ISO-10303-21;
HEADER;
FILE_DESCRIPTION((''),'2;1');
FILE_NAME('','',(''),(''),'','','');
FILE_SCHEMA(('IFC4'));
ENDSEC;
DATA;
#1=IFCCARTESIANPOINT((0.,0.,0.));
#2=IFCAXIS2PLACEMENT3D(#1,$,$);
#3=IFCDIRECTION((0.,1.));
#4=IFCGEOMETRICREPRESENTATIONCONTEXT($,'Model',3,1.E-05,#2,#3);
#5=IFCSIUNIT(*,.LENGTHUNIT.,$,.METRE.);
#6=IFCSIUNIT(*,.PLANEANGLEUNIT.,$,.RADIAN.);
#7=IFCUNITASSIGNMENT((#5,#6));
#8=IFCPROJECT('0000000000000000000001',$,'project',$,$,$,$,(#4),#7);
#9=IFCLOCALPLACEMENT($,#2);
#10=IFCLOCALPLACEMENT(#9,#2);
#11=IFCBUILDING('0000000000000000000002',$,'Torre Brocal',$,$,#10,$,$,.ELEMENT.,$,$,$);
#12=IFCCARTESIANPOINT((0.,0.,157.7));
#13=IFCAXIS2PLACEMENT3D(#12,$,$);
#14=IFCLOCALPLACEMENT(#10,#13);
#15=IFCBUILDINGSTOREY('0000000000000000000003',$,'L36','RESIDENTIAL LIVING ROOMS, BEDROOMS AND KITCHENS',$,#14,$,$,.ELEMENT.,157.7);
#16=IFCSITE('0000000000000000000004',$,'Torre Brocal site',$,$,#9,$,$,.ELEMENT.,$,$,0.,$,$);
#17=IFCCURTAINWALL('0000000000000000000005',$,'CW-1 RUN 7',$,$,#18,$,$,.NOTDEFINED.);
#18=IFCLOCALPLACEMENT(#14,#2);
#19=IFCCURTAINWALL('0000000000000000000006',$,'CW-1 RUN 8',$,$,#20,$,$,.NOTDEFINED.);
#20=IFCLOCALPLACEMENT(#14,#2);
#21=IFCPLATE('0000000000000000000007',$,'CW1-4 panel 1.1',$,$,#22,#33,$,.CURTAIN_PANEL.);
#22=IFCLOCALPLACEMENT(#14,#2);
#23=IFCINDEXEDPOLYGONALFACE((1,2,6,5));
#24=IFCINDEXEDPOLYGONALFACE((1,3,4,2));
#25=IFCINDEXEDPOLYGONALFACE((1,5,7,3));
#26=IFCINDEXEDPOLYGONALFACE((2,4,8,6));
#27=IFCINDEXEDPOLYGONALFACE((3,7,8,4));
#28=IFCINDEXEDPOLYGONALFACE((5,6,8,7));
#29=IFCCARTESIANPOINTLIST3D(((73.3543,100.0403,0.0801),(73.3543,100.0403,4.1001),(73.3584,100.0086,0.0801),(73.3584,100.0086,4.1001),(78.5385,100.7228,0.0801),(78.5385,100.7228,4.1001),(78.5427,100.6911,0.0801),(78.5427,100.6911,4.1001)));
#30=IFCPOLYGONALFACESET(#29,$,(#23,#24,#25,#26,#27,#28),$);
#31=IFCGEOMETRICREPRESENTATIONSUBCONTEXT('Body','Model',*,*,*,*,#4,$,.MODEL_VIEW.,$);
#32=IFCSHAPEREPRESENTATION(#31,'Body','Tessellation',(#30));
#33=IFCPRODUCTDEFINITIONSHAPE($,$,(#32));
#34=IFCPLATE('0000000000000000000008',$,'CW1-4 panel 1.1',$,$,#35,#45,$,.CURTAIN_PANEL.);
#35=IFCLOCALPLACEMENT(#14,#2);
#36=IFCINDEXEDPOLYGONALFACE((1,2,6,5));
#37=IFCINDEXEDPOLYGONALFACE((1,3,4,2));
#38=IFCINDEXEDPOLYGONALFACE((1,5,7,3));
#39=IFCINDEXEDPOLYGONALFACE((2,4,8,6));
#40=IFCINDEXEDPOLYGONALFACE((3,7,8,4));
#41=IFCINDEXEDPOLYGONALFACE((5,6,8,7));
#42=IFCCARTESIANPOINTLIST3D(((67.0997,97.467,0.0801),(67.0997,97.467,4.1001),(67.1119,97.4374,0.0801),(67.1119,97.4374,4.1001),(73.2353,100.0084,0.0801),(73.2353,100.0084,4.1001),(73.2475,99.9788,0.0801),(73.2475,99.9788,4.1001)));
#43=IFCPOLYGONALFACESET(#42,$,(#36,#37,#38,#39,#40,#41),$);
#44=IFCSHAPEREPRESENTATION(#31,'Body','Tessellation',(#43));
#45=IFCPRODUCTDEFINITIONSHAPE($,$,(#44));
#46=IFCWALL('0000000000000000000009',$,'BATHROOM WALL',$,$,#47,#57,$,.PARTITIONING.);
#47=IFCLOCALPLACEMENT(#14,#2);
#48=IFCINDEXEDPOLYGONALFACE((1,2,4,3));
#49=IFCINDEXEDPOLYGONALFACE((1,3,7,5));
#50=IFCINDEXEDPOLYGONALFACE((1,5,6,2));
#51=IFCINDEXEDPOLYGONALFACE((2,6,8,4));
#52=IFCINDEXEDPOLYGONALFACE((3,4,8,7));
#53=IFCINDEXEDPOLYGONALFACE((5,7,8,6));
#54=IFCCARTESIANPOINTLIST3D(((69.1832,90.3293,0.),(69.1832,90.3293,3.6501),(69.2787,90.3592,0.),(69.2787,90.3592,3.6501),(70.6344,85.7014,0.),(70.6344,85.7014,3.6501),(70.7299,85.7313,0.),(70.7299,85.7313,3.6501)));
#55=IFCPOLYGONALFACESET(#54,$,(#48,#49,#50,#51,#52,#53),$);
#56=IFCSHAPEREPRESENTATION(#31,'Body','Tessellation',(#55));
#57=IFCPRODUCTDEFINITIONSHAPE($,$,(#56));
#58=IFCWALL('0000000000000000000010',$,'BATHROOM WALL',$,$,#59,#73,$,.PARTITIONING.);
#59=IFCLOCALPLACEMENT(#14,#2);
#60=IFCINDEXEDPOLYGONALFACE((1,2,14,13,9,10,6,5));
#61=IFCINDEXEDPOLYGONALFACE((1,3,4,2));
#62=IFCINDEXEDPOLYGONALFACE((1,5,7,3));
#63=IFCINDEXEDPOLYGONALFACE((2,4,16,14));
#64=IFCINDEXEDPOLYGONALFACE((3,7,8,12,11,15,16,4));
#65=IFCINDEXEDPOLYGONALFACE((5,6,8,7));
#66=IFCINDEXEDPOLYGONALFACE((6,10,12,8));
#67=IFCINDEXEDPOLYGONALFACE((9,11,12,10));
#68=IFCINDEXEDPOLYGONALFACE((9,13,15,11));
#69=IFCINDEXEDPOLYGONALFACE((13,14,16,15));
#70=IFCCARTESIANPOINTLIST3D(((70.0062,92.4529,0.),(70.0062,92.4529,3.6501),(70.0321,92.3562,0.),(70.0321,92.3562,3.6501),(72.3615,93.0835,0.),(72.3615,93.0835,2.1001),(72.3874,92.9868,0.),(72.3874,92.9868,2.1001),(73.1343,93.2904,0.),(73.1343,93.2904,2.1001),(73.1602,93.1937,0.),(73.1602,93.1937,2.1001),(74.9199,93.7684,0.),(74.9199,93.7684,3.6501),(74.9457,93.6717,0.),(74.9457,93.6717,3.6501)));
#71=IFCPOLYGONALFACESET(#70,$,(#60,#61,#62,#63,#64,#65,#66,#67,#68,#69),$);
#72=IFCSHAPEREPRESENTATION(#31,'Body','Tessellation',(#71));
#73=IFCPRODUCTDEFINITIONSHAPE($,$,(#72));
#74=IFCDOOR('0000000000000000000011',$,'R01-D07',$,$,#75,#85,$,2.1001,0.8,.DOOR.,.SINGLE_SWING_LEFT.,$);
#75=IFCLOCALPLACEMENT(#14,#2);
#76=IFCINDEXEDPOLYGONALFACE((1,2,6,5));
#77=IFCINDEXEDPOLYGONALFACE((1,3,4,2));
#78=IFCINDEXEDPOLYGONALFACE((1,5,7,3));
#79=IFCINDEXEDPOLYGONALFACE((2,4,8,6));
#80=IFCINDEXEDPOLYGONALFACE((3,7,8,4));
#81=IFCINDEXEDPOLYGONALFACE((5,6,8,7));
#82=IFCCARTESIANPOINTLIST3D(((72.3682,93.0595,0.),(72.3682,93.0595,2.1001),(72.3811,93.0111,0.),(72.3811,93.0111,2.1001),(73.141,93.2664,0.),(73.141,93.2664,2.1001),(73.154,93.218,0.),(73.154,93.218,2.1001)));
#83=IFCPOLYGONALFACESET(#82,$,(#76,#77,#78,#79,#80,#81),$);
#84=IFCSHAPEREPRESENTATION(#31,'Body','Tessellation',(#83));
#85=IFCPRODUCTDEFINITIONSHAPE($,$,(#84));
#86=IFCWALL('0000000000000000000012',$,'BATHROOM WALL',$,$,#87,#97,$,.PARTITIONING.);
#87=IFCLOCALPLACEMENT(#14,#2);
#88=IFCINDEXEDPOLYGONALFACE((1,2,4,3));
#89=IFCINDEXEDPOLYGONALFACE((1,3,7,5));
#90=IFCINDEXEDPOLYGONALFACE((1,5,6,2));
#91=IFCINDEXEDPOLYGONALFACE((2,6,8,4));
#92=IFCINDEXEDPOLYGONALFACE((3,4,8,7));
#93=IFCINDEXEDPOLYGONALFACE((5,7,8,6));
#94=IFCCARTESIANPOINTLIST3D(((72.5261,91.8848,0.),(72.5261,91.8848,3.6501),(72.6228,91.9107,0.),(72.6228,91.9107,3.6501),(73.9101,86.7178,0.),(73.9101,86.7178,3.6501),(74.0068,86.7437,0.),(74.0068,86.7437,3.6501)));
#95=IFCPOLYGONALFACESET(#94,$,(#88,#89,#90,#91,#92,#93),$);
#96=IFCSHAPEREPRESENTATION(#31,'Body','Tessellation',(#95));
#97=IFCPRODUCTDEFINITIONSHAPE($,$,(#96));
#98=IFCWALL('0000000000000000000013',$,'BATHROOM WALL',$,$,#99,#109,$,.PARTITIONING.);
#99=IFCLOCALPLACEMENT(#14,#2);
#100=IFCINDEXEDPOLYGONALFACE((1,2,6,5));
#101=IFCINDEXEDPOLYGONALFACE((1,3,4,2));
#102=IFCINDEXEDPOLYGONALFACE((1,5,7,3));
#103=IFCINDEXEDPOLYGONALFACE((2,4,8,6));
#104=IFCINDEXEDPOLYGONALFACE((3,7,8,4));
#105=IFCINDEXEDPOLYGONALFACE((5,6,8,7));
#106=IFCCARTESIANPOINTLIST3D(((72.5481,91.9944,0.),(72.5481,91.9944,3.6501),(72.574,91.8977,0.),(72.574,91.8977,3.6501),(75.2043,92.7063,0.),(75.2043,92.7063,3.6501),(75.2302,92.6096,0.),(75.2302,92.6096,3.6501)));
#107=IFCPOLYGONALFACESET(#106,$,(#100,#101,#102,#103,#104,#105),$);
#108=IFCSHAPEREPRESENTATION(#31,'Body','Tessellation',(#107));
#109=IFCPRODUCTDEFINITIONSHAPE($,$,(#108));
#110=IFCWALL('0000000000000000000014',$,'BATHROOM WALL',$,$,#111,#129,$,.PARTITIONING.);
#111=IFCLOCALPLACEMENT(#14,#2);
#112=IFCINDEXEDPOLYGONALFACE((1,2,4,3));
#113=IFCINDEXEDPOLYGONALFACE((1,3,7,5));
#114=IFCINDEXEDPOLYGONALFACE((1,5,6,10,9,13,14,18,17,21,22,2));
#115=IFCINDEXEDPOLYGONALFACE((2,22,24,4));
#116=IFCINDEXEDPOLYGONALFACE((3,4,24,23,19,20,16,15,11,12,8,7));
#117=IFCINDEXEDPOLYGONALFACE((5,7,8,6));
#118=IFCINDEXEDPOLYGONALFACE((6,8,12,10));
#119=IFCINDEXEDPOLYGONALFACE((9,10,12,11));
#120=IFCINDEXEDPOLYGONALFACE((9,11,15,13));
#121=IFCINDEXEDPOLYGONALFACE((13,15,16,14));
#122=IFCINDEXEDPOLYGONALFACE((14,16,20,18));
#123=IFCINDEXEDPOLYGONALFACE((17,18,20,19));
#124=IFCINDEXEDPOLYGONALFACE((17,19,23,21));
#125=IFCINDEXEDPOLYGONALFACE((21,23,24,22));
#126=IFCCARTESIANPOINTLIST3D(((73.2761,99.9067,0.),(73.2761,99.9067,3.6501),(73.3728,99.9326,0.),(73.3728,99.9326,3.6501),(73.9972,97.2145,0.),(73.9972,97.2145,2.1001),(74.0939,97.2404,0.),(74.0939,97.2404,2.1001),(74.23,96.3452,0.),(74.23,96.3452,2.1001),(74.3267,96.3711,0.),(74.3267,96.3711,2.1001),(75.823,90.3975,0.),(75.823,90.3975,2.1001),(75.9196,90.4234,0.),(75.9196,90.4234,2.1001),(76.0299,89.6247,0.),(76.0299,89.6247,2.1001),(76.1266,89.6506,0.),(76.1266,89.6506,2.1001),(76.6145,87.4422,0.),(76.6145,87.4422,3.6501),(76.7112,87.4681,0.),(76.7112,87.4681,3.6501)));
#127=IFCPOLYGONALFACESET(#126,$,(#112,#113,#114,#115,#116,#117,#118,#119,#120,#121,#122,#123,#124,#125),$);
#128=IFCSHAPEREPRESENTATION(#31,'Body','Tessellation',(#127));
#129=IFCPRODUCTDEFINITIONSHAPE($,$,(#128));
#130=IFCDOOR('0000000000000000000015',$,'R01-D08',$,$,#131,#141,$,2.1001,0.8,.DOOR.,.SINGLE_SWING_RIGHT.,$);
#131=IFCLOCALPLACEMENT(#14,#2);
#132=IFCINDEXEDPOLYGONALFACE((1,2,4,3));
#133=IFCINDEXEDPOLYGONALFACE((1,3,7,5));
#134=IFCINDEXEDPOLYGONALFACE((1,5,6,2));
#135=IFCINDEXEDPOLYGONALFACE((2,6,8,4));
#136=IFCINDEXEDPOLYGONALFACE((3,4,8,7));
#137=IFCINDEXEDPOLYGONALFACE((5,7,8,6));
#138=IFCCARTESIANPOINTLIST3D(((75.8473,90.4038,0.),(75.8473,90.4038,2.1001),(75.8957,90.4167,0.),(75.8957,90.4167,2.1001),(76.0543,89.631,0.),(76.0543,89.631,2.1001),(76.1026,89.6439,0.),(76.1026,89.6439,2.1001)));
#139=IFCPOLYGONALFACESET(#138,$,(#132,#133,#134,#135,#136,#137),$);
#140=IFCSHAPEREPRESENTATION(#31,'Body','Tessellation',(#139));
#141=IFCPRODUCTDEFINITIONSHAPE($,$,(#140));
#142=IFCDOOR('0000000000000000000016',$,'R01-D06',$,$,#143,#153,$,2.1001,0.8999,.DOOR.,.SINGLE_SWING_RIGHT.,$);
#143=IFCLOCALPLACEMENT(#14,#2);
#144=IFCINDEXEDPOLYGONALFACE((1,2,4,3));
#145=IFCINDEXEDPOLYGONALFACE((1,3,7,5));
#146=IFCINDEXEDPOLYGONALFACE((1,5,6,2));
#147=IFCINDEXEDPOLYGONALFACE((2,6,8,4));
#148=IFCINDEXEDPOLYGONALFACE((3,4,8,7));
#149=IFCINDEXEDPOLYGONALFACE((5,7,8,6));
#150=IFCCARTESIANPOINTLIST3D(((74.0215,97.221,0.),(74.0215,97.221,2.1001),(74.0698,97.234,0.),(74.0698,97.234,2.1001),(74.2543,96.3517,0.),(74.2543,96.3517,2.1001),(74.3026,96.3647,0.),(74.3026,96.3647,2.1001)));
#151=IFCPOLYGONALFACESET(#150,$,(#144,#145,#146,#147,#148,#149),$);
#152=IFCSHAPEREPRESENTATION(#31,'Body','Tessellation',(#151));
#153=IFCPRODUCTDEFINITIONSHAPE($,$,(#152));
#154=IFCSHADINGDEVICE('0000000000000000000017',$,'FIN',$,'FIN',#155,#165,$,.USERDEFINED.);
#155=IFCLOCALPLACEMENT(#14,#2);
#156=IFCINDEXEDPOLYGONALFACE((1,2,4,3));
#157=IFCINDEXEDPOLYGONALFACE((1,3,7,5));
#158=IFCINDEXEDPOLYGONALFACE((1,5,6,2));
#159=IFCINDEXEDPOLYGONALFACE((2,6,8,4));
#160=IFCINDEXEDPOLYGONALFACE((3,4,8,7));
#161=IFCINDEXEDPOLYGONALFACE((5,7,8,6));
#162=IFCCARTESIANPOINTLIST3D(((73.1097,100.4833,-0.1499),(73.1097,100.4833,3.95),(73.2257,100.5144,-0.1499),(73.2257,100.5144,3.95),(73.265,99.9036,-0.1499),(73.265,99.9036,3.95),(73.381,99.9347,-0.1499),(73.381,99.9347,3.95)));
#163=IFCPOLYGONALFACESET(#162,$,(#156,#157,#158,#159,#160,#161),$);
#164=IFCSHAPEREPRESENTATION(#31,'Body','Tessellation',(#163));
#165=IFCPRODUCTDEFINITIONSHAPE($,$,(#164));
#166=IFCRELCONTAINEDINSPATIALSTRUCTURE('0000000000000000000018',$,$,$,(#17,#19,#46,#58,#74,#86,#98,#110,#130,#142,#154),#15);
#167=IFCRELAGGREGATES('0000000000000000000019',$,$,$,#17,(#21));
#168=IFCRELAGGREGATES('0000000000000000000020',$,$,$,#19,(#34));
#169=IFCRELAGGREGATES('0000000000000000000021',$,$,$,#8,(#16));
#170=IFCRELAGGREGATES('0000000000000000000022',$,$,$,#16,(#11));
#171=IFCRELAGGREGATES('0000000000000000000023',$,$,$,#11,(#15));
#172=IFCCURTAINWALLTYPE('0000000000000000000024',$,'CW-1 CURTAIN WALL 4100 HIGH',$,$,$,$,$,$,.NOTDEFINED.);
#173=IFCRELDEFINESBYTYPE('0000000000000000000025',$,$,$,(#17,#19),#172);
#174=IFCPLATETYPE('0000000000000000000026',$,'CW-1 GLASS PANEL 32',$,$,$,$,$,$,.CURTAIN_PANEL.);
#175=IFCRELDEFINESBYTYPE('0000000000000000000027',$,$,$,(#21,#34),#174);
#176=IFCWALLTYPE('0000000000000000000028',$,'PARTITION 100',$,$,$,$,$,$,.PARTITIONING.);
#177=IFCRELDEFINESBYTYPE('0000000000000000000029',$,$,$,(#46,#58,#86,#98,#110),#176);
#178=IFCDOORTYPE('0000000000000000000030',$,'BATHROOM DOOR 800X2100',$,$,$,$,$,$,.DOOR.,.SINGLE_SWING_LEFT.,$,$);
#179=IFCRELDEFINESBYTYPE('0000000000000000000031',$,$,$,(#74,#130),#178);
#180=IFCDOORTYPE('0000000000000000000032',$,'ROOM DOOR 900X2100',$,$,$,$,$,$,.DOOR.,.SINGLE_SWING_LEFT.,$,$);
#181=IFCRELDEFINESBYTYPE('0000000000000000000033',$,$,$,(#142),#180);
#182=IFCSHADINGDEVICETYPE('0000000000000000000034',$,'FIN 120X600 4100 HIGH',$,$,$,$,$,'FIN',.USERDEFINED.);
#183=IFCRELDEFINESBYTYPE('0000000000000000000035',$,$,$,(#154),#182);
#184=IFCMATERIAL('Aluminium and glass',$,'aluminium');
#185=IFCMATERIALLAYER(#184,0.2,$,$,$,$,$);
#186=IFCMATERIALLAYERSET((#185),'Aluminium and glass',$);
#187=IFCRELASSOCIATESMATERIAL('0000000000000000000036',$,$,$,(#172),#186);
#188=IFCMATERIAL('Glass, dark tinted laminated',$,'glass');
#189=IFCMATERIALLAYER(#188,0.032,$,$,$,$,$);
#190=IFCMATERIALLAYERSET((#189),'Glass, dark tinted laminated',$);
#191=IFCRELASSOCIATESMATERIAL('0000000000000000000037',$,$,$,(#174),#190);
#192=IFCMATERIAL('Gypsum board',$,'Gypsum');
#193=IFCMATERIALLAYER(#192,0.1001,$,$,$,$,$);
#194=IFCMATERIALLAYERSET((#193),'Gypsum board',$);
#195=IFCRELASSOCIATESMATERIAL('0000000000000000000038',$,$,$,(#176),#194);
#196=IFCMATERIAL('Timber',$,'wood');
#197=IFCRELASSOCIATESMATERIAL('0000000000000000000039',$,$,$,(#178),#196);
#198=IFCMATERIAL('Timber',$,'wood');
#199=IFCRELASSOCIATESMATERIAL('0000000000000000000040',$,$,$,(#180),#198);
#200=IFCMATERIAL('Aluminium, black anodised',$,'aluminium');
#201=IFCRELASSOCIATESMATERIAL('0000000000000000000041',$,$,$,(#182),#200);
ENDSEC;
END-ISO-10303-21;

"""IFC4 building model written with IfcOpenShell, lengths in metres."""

from ifc_helpers import new_model, si_unit, direction, frame, frame_2d, origin, origin_2d, place, context, subcontext, project, spatial, rectangle, extrude, material, layer, layer_set, material_profile, profile_set, type_object, element, fill, aggregate, save


model = new_model("IFC4")

# Units and contexts
model_context = context("Model", 3, precision=1e-05, world=origin(), true_north=direction((0.0, 1.0)))
body_context = subcontext(model_context, "Body", "Model", "MODEL_VIEW")
ifc_project = project(units=[si_unit("LENGTHUNIT", "METRE"), si_unit("PLANEANGLEUNIT", "RADIAN")], contexts=[model_context])

# Site, building, storey
site_placement = place(None, origin())
site = spatial("IfcSite", under=ifc_project, at=site_placement, Name="Torre Brocal site", CompositionType="ELEMENT", RefElevation=0.0)
building_placement = place(site_placement, origin())
building = spatial("IfcBuilding", under=site, at=building_placement, Name="Torre Brocal", CompositionType="ELEMENT")
storey_placement = place(building_placement, frame((0.0, 0.0, 157.7)))
storey = spatial("IfcBuildingStorey", under=building, at=storey_placement, Name="L36", Description="RESIDENTIAL LIVING ROOMS, BEDROOMS AND KITCHENS", CompositionType="ELEMENT", Elevation=157.7)

# Curtain wall
ifc_material_1 = material(Name="Aluminium and glass", Category="aluminium")
ifc_layer_1 = layer(ifc_material_1, 0.2)
ifc_layer_set_1 = layer_set([ifc_layer_1], Name="Aluminium and glass")
curtain_wall_type = type_object("IfcCurtainWallType", Name="CW-1 CURTAIN WALL 4100 HIGH", PredefinedType="NOTDEFINED", material=ifc_layer_set_1)
curtain_wall_1_placement = place(storey_placement, origin())
curtain_wall_1 = element("IfcCurtainWall", 1, at=curtain_wall_1_placement, inside=storey, type_object=curtain_wall_type, Name="CW-1 RUN 7", PredefinedType="NOTDEFINED")

# Curtain wall
curtain_wall_2_placement = place(storey_placement, origin())
curtain_wall_2 = element("IfcCurtainWall", 2, at=curtain_wall_2_placement, inside=storey, type_object=curtain_wall_type, Name="CW-1 RUN 8", PredefinedType="NOTDEFINED")

# Plates
ifc_material_2 = material(Name="Glass, dark tinted laminated", Category="glass")
ifc_layer_2 = layer(ifc_material_2, 0.032)
ifc_layer_set_2 = layer_set([ifc_layer_2], Name="Glass, dark tinted laminated")
plate_type = type_object("IfcPlateType", Name="CW-1 GLASS PANEL 32", PredefinedType="CURTAIN_PANEL", material=ifc_layer_set_2)
plate_1_placement = place(storey_placement, frame((75.9485, 100.3657, 0.0801), z_axis=(0.0, 0.0, 1.0), x_axis=(-0.991445, -0.130526, 0.0)))
plate_1 = element("IfcPlate", 3, at=plate_1_placement, type_object=plate_type, Name="CW1-4 panel 1.1", PredefinedType="CURTAIN_PANEL", context=body_context, shape_type="SweptSolid", body=[
    extrude(rectangle(XDim=5.229, YDim=0.032, at=origin_2d()), origin(), (0.0, 0.0, 1.0), 4.02),
])
aggregate(curtain_wall_1, [plate_1])
plate_2_placement = place(storey_placement, frame((70.1736, 98.7229, 0.0801), z_axis=(0.0, 0.0, 1.0), x_axis=(-0.92388, -0.382683, 0.0)))
plate_2 = element("IfcPlate", 4, at=plate_2_placement, type_object=plate_type, Name="CW1-4 panel 1.1", PredefinedType="CURTAIN_PANEL", context=body_context, shape_type="SweptSolid", body=[
    extrude(rectangle(XDim=6.6411, YDim=0.032, at=origin_2d()), origin(), (0.0, 0.0, 1.0), 4.02),
])
aggregate(curtain_wall_2, [plate_2])

# Wall
ifc_material_3 = material(Name="Gypsum board", Category="Gypsum")
ifc_layer_3 = layer(ifc_material_3, 0.1001)
ifc_layer_set_3 = layer_set([ifc_layer_3], Name="Gypsum board")
wall_type = type_object("IfcWallType", Name="PARTITION 100", PredefinedType="PARTITIONING", material=ifc_layer_set_3)
wall_1_placement = place(storey_placement, frame((69.231, 90.3442, 0.0), z_axis=(0.0, 0.0, 1.0), x_axis=(0.299203, -0.954189, 0.0)))
element("IfcWall", 5, at=wall_1_placement, inside=storey, type_object=wall_type, Name="BATHROOM WALL", PredefinedType="PARTITIONING", context=body_context, shape_type="SweptSolid", body=[
    extrude(rectangle(XDim=4.8501, YDim=0.1001, at=frame_2d((2.425, 0.0))), origin(), (0.0, 0.0, 1.0), 3.6501),
])

# Wall, opening, door
wall_2_placement = place(storey_placement, frame((70.019, 92.4045, 0.0), z_axis=(0.0, 0.0, 1.0), x_axis=(0.965983, 0.258607, 0.0)))
wall_2 = element("IfcWall", 6, at=wall_2_placement, inside=storey, type_object=wall_type, Name="BATHROOM WALL", PredefinedType="PARTITIONING", context=body_context, shape_type="SweptSolid", body=[
    extrude(rectangle(XDim=5.0867, YDim=0.1001, at=frame_2d((2.5435, 0.0))), origin(), (0.0, 0.0, 1.0), 3.6501),
])
opening_1_placement = place(wall_2_placement, frame((2.4385, 0.0, 0.0)))
opening_1 = element("IfcOpeningElement", 7, at=opening_1_placement, cuts=wall_2, PredefinedType="OPENING", context=body_context, shape_type="SweptSolid", body=[
    extrude(rectangle(XDim=0.8, YDim=2.1001, at=frame_2d((0.3999, 1.05))), frame((0.0, 0.0601, 0.0), z_axis=(0.0, -1.0, 0.0), x_axis=(1.0, 0.0, 0.0)), (0.0, 0.0, 1.0), 0.1201),
])
ifc_material_4 = material(Name="Timber", Category="wood")
door_type_1 = type_object("IfcDoorType", Name="BATHROOM DOOR 800X2100", OperationType="SINGLE_SWING_LEFT", PredefinedType="DOOR", material=ifc_material_4)
door_1_placement = place(opening_1_placement, frame((0.8, 0.0, 0.0), z_axis=(0.0, 0.0, 1.0), x_axis=(-1.0, 0.0, 0.0)))
door_1 = element("IfcDoor", 8, at=door_1_placement, inside=storey, type_object=door_type_1, Name="R01-D07", OperationType="SINGLE_SWING_LEFT", OverallHeight=2.1001, OverallWidth=0.8, PredefinedType="DOOR", context=body_context, shape_type="SweptSolid", body=[
    extrude(rectangle(XDim=0.8, YDim=2.1001, at=frame_2d((0.3999, 1.05))), frame((0.0, 0.0249, 0.0), z_axis=(0.0, -1.0, 0.0), x_axis=(1.0, 0.0, 0.0)), (0.0, 0.0, 1.0), 0.05),
])
fill(opening_1, door_1)

# Walls
wall_3_placement = place(storey_placement, frame((72.5745, 91.8977, 0.0), z_axis=(0.0, 0.0, 1.0), x_axis=(0.258739, -0.965947, 0.0)))
element("IfcWall", 9, at=wall_3_placement, inside=storey, type_object=wall_type, Name="BATHROOM WALL", PredefinedType="PARTITIONING", context=body_context, shape_type="SweptSolid", body=[
    extrude(rectangle(XDim=5.3491, YDim=0.1001, at=frame_2d((2.6746, 0.0))), origin(), (0.0, 0.0, 1.0), 3.6501),
])
wall_4_placement = place(storey_placement, frame((72.561, 91.946, 0.0), z_axis=(0.0, 0.0, 1.0), x_axis=(0.96591, 0.258878, 0.0)))
element("IfcWall", 10, at=wall_4_placement, inside=storey, type_object=wall_type, Name="BATHROOM WALL", PredefinedType="PARTITIONING", context=body_context, shape_type="SweptSolid", body=[
    extrude(rectangle(XDim=2.75, YDim=0.1001, at=frame_2d((1.375, 0.0))), origin(), (0.0, 0.0, 1.0), 3.6501),
])

# Wall, openings, doors
wall_5_placement = place(storey_placement, frame((73.3245, 99.9197, 0.0), z_axis=(0.0, 0.0, 1.0), x_axis=(0.258711, -0.965955, 0.0)))
wall_5 = element("IfcWall", 11, at=wall_5_placement, inside=storey, type_object=wall_type, Name="BATHROOM WALL", PredefinedType="PARTITIONING", context=body_context, shape_type="SweptSolid", body=[
    extrude(rectangle(XDim=12.9038, YDim=0.1001, at=frame_2d((6.4519, 0.0))), origin(), (0.0, 0.0, 1.0), 3.6501),
])
opening_2_placement = place(wall_5_placement, frame((2.7871, 0.0, 0.0)))
opening_2 = element("IfcOpeningElement", 12, at=opening_2_placement, cuts=wall_5, PredefinedType="OPENING", context=body_context, shape_type="SweptSolid", body=[
    extrude(rectangle(XDim=0.8999, YDim=2.1001, at=frame_2d((0.45, 1.05))), frame((0.0, 0.0601, 0.0), z_axis=(0.0, -1.0, 0.0), x_axis=(1.0, 0.0, 0.0)), (0.0, 0.0, 1.0), 0.1201),
])
opening_3_placement = place(wall_5_placement, frame((9.8445, 0.0, 0.0)))
opening_3 = element("IfcOpeningElement", 13, at=opening_3_placement, cuts=wall_5, PredefinedType="OPENING", context=body_context, shape_type="SweptSolid", body=[
    extrude(rectangle(XDim=0.8, YDim=2.1001, at=frame_2d((0.3999, 1.05))), frame((0.0, 0.0601, 0.0), z_axis=(0.0, -1.0, 0.0), x_axis=(1.0, 0.0, 0.0)), (0.0, 0.0, 1.0), 0.1201),
])
door_2_placement = place(opening_3_placement, frame((0.8, 0.0, 0.0), z_axis=(0.0, 0.0, 1.0), x_axis=(-1.0, 0.0, 0.0)))
door_2 = element("IfcDoor", 14, at=door_2_placement, inside=storey, type_object=door_type_1, Name="R01-D08", OperationType="SINGLE_SWING_RIGHT", OverallHeight=2.1001, OverallWidth=0.8, PredefinedType="DOOR", context=body_context, shape_type="SweptSolid", body=[
    extrude(rectangle(XDim=0.8, YDim=2.1001, at=frame_2d((0.3999, 1.05))), frame((0.0, 0.0249, 0.0), z_axis=(0.0, -1.0, 0.0), x_axis=(1.0, 0.0, 0.0)), (0.0, 0.0, 1.0), 0.05),
])
fill(opening_3, door_2)
ifc_material_5 = material(Name="Timber", Category="wood")
door_type_2 = type_object("IfcDoorType", Name="ROOM DOOR 900X2100", OperationType="SINGLE_SWING_LEFT", PredefinedType="DOOR", material=ifc_material_5)
door_3_placement = place(opening_2_placement, frame((0.8999, 0.0, 0.0), z_axis=(0.0, 0.0, 1.0), x_axis=(-1.0, 0.0, 0.0)))
door_3 = element("IfcDoor", 15, at=door_3_placement, inside=storey, type_object=door_type_2, Name="R01-D06", OperationType="SINGLE_SWING_RIGHT", OverallHeight=2.1001, OverallWidth=0.8999, PredefinedType="DOOR", context=body_context, shape_type="SweptSolid", body=[
    extrude(rectangle(XDim=0.8999, YDim=2.1001, at=frame_2d((0.45, 1.05))), frame((0.0, 0.0249, 0.0), z_axis=(0.0, -1.0, 0.0), x_axis=(1.0, 0.0, 0.0)), (0.0, 0.0, 1.0), 0.05),
])
fill(opening_2, door_3)

# Shading device
ifc_material_6 = material(Name="Aluminium, black anodised", Category="aluminium")
ifc_material_profile_1 = material_profile(ifc_material_6, rectangle(XDim=0.1201, YDim=0.6001, at=origin_2d()), Name="FIN 120X600 4100 HIGH")
ifc_profile_set_1 = profile_set([ifc_material_profile_1], Name="Aluminium, black anodised")
shading_device_type = type_object("IfcShadingDeviceType", Name="FIN 120X600 4100 HIGH", ElementType="FIN", PredefinedType="USERDEFINED", material=ifc_profile_set_1)
shading_device_placement = place(storey_placement, frame((73.2454, 100.209, -0.1499), z_axis=(0.0, 0.0, 1.0), x_axis=(-0.965926, -0.258819, 0.0)))
element("IfcShadingDevice", 16, at=shading_device_placement, inside=storey, type_object=shading_device_type, Name="FIN", ObjectType="FIN", PredefinedType="USERDEFINED", context=body_context, shape_type="SweptSolid", body=[
    extrude(rectangle(XDim=0.1201, YDim=0.6001, at=origin_2d()), origin(), (0.0, 0.0, 1.0), 4.0999),
])

save(model, "model.ifc")
